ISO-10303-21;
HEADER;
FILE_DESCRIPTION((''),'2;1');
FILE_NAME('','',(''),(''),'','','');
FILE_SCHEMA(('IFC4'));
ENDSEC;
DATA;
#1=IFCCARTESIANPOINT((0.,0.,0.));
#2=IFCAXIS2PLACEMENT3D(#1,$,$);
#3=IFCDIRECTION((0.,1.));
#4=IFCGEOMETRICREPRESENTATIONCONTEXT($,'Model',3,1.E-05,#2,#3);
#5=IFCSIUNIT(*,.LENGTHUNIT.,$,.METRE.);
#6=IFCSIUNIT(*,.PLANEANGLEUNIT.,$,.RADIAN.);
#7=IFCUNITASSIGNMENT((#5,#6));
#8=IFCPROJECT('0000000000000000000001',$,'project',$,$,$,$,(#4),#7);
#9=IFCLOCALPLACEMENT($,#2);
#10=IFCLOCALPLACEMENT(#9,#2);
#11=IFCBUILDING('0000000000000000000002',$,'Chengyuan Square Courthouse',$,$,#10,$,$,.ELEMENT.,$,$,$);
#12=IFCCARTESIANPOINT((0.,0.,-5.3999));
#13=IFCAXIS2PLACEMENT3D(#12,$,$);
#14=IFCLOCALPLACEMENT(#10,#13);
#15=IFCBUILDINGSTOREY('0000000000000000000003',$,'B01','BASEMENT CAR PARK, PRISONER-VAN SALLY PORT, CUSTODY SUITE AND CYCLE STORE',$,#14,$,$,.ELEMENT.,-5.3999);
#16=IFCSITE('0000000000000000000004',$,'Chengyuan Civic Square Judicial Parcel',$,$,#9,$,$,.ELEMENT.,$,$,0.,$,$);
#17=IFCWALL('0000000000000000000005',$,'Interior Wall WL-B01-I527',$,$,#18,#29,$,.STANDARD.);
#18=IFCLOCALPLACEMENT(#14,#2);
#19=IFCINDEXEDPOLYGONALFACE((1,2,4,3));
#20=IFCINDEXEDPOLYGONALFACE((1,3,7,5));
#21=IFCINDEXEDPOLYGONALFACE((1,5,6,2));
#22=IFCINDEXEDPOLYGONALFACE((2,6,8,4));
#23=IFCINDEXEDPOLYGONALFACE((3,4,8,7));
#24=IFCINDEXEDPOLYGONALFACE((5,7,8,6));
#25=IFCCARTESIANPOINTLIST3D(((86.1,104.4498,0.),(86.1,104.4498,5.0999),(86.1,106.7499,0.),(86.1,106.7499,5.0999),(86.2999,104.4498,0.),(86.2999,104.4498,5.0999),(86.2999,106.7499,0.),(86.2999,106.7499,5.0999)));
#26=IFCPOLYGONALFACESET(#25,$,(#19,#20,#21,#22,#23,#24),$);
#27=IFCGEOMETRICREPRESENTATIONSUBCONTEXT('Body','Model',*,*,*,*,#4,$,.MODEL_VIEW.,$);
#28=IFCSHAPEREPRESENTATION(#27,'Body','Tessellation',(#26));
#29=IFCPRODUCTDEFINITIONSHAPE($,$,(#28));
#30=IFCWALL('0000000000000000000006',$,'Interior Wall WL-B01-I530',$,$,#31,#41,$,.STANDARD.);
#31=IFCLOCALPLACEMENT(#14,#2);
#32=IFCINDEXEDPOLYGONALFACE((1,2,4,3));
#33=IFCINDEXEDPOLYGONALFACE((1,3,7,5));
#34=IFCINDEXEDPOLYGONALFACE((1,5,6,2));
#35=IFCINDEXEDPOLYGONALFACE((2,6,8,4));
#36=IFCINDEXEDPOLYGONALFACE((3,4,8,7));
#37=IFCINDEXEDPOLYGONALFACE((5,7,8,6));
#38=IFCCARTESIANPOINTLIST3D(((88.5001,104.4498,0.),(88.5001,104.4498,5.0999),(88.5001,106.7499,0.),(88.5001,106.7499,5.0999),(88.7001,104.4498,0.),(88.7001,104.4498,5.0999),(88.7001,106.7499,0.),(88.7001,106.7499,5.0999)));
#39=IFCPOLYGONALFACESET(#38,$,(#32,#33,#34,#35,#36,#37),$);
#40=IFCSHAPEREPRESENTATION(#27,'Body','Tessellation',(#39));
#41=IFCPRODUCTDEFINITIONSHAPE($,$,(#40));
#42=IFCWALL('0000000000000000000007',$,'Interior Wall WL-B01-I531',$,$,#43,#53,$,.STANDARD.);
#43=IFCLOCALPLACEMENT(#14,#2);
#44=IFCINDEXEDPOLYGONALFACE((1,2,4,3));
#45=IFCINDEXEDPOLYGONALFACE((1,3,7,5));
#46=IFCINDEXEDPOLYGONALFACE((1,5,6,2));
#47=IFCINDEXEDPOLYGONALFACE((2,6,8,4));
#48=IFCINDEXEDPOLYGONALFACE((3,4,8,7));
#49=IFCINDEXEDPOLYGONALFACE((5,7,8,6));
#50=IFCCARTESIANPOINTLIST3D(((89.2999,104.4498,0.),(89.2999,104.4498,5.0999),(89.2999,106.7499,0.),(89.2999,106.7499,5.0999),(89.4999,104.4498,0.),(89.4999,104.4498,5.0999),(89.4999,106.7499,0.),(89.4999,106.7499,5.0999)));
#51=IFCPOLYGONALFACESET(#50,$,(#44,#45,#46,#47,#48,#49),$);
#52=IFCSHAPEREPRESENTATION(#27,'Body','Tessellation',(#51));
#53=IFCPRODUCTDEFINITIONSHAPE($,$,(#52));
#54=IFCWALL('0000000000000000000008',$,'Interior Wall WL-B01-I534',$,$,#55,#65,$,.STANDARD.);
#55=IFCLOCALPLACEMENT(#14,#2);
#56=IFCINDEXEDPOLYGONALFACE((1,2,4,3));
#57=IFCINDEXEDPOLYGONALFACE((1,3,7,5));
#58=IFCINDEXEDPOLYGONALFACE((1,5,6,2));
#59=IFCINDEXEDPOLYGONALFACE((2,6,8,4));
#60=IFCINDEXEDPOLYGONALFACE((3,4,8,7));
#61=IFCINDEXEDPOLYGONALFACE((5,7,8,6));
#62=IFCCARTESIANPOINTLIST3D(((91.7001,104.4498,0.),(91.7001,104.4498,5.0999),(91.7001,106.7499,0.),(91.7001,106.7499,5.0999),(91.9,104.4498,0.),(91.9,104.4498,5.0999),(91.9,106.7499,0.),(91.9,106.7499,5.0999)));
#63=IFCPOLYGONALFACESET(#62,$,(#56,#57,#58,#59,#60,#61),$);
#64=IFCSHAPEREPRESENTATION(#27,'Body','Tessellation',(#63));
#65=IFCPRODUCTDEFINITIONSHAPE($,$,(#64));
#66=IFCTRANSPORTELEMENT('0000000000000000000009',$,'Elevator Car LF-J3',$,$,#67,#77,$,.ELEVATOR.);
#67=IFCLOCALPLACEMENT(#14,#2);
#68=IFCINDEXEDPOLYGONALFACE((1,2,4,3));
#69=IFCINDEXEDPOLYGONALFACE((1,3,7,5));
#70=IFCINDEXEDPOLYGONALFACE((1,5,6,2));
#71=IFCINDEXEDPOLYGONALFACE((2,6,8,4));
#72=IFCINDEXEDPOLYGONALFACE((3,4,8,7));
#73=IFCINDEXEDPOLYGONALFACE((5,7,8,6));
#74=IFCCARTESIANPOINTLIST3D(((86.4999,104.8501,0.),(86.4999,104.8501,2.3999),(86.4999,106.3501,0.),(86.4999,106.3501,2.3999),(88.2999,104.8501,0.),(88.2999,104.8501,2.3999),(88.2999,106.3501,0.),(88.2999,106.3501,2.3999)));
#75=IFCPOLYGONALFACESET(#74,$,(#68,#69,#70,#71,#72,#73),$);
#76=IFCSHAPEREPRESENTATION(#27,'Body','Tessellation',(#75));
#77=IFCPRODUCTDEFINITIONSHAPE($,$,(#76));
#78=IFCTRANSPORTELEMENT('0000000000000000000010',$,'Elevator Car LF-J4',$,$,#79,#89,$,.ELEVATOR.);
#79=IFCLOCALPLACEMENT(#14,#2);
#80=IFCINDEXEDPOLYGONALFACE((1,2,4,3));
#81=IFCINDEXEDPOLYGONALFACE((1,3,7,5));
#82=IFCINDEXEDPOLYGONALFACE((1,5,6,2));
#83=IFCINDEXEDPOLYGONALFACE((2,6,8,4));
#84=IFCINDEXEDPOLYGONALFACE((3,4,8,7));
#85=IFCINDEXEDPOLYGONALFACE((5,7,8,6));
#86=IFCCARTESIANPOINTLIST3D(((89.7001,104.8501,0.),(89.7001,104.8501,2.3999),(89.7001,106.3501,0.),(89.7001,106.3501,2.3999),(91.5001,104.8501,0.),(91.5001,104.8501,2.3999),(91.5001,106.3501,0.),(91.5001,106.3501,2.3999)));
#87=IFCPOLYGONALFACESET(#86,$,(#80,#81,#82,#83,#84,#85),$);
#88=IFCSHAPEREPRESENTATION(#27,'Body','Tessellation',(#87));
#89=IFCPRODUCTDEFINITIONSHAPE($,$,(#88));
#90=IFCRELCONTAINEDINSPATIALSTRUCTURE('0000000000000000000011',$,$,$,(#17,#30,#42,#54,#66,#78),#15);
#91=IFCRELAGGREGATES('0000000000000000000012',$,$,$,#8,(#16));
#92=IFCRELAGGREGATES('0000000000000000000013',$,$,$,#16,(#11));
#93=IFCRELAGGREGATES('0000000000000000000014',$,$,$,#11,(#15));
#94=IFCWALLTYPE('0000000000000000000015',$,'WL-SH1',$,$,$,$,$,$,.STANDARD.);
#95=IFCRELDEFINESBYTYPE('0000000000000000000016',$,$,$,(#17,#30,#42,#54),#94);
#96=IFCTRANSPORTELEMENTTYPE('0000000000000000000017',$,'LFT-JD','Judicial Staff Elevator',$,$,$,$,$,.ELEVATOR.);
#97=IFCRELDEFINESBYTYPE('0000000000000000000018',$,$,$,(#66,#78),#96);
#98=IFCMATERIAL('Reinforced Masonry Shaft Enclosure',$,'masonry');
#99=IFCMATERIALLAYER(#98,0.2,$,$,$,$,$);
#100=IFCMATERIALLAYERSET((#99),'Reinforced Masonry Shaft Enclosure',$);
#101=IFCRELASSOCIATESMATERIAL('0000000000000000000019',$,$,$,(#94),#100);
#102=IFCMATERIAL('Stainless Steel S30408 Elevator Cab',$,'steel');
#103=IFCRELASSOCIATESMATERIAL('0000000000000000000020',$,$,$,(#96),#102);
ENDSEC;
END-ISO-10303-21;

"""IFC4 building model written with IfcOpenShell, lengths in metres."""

from ifc_helpers import new_model, si_unit, direction, frame, frame_2d, origin, origin_2d, place, context, subcontext, project, spatial, rectangle, extrude, material, layer, layer_set, type_object, element, save


model = new_model("IFC4")

# Units and contexts
model_context = context("Model", 3, precision=1e-05, world=origin(), true_north=direction((0.0, 1.0)))
body_context = subcontext(model_context, "Body", "Model", "MODEL_VIEW")
ifc_project = project(units=[si_unit("LENGTHUNIT", "METRE"), si_unit("PLANEANGLEUNIT", "RADIAN")], contexts=[model_context])

# Site, building, storey
site_placement = place(None, origin())
site = spatial("IfcSite", under=ifc_project, at=site_placement, Name="Chengyuan Civic Square Judicial Parcel", CompositionType="ELEMENT", RefElevation=0.0)
building_placement = place(site_placement, origin())
building = spatial("IfcBuilding", under=site, at=building_placement, Name="Chengyuan Square Courthouse", CompositionType="ELEMENT")
storey_placement = place(building_placement, frame((0.0, 0.0, -5.3999)))
storey = spatial("IfcBuildingStorey", under=building, at=storey_placement, Name="B01", Description="BASEMENT CAR PARK, PRISONER-VAN SALLY PORT, CUSTODY SUITE AND CYCLE STORE", CompositionType="ELEMENT", Elevation=-5.3999)

# Shared definitions
ifc_material_1 = material(Name="Reinforced Masonry Shaft Enclosure", Category="masonry")
ifc_layer_1 = layer(ifc_material_1, 0.2)
ifc_layer_set_1 = layer_set([ifc_layer_1], Name="Reinforced Masonry Shaft Enclosure")
wall_type_1 = type_object("IfcWallType", Name="WL-SH1", PredefinedType="STANDARD", material=ifc_layer_set_1)

# Walls
for number, where, z_axis, x_axis, name in (
    (1, (86.2, 104.45, 0.0), (0.0, 0.0, 1.0), (0.0, 1.0, 0.0), "Interior Wall WL-B01-I527"),
    (2, (88.6001, 104.45, 0.0), (0.0, 0.0, 1.0), (0.0, 1.0, 0.0), "Interior Wall WL-B01-I530"),
    (3, (89.3999, 104.45, 0.0), (0.0, 0.0, 1.0), (0.0, 1.0, 0.0), "Interior Wall WL-B01-I531"),
    (4, (91.8, 104.45, 0.0), (0.0, 0.0, 1.0), (0.0, 1.0, 0.0), "Interior Wall WL-B01-I534"),
):
    element("IfcWall", number, at=place(storey_placement, frame(where, z_axis=z_axis, x_axis=x_axis)), inside=storey, type_object=wall_type_1, Name=name, PredefinedType="STANDARD", context=body_context, shape_type="SweptSolid", body=[
        extrude(rectangle(XDim=2.3, YDim=0.2, at=frame_2d((1.1499, 0.0))), origin(), (0.0, 0.0, 1.0), 5.0999),
    ])

# Transport elements
ifc_material_2 = material(Name="Stainless Steel S30408 Elevator Cab", Category="steel")
transport_element_type = type_object("IfcTransportElementType", Name="LFT-JD", Description="Judicial Staff Elevator", PredefinedType="ELEVATOR", material=ifc_material_2)
for number, where, z_axis, x_axis, name in (
    (5, (87.3999, 105.6001, 0.0), (0.0, 0.0, 1.0), (1.0, 0.0, 0.0), "Elevator Car LF-J3"),
    (6, (90.6001, 105.6001, 0.0), (0.0, 0.0, 1.0), (1.0, 0.0, 0.0), "Elevator Car LF-J4"),
):
    element("IfcTransportElement", number, at=place(storey_placement, frame(where, z_axis=z_axis, x_axis=x_axis)), inside=storey, type_object=transport_element_type, Name=name, PredefinedType="ELEVATOR", context=body_context, shape_type="SweptSolid", body=[
        extrude(rectangle(XDim=1.8, YDim=1.5, at=origin_2d()), origin(), (0.0, 0.0, 1.0), 2.3999),
    ])

save(model, "model.ifc")
